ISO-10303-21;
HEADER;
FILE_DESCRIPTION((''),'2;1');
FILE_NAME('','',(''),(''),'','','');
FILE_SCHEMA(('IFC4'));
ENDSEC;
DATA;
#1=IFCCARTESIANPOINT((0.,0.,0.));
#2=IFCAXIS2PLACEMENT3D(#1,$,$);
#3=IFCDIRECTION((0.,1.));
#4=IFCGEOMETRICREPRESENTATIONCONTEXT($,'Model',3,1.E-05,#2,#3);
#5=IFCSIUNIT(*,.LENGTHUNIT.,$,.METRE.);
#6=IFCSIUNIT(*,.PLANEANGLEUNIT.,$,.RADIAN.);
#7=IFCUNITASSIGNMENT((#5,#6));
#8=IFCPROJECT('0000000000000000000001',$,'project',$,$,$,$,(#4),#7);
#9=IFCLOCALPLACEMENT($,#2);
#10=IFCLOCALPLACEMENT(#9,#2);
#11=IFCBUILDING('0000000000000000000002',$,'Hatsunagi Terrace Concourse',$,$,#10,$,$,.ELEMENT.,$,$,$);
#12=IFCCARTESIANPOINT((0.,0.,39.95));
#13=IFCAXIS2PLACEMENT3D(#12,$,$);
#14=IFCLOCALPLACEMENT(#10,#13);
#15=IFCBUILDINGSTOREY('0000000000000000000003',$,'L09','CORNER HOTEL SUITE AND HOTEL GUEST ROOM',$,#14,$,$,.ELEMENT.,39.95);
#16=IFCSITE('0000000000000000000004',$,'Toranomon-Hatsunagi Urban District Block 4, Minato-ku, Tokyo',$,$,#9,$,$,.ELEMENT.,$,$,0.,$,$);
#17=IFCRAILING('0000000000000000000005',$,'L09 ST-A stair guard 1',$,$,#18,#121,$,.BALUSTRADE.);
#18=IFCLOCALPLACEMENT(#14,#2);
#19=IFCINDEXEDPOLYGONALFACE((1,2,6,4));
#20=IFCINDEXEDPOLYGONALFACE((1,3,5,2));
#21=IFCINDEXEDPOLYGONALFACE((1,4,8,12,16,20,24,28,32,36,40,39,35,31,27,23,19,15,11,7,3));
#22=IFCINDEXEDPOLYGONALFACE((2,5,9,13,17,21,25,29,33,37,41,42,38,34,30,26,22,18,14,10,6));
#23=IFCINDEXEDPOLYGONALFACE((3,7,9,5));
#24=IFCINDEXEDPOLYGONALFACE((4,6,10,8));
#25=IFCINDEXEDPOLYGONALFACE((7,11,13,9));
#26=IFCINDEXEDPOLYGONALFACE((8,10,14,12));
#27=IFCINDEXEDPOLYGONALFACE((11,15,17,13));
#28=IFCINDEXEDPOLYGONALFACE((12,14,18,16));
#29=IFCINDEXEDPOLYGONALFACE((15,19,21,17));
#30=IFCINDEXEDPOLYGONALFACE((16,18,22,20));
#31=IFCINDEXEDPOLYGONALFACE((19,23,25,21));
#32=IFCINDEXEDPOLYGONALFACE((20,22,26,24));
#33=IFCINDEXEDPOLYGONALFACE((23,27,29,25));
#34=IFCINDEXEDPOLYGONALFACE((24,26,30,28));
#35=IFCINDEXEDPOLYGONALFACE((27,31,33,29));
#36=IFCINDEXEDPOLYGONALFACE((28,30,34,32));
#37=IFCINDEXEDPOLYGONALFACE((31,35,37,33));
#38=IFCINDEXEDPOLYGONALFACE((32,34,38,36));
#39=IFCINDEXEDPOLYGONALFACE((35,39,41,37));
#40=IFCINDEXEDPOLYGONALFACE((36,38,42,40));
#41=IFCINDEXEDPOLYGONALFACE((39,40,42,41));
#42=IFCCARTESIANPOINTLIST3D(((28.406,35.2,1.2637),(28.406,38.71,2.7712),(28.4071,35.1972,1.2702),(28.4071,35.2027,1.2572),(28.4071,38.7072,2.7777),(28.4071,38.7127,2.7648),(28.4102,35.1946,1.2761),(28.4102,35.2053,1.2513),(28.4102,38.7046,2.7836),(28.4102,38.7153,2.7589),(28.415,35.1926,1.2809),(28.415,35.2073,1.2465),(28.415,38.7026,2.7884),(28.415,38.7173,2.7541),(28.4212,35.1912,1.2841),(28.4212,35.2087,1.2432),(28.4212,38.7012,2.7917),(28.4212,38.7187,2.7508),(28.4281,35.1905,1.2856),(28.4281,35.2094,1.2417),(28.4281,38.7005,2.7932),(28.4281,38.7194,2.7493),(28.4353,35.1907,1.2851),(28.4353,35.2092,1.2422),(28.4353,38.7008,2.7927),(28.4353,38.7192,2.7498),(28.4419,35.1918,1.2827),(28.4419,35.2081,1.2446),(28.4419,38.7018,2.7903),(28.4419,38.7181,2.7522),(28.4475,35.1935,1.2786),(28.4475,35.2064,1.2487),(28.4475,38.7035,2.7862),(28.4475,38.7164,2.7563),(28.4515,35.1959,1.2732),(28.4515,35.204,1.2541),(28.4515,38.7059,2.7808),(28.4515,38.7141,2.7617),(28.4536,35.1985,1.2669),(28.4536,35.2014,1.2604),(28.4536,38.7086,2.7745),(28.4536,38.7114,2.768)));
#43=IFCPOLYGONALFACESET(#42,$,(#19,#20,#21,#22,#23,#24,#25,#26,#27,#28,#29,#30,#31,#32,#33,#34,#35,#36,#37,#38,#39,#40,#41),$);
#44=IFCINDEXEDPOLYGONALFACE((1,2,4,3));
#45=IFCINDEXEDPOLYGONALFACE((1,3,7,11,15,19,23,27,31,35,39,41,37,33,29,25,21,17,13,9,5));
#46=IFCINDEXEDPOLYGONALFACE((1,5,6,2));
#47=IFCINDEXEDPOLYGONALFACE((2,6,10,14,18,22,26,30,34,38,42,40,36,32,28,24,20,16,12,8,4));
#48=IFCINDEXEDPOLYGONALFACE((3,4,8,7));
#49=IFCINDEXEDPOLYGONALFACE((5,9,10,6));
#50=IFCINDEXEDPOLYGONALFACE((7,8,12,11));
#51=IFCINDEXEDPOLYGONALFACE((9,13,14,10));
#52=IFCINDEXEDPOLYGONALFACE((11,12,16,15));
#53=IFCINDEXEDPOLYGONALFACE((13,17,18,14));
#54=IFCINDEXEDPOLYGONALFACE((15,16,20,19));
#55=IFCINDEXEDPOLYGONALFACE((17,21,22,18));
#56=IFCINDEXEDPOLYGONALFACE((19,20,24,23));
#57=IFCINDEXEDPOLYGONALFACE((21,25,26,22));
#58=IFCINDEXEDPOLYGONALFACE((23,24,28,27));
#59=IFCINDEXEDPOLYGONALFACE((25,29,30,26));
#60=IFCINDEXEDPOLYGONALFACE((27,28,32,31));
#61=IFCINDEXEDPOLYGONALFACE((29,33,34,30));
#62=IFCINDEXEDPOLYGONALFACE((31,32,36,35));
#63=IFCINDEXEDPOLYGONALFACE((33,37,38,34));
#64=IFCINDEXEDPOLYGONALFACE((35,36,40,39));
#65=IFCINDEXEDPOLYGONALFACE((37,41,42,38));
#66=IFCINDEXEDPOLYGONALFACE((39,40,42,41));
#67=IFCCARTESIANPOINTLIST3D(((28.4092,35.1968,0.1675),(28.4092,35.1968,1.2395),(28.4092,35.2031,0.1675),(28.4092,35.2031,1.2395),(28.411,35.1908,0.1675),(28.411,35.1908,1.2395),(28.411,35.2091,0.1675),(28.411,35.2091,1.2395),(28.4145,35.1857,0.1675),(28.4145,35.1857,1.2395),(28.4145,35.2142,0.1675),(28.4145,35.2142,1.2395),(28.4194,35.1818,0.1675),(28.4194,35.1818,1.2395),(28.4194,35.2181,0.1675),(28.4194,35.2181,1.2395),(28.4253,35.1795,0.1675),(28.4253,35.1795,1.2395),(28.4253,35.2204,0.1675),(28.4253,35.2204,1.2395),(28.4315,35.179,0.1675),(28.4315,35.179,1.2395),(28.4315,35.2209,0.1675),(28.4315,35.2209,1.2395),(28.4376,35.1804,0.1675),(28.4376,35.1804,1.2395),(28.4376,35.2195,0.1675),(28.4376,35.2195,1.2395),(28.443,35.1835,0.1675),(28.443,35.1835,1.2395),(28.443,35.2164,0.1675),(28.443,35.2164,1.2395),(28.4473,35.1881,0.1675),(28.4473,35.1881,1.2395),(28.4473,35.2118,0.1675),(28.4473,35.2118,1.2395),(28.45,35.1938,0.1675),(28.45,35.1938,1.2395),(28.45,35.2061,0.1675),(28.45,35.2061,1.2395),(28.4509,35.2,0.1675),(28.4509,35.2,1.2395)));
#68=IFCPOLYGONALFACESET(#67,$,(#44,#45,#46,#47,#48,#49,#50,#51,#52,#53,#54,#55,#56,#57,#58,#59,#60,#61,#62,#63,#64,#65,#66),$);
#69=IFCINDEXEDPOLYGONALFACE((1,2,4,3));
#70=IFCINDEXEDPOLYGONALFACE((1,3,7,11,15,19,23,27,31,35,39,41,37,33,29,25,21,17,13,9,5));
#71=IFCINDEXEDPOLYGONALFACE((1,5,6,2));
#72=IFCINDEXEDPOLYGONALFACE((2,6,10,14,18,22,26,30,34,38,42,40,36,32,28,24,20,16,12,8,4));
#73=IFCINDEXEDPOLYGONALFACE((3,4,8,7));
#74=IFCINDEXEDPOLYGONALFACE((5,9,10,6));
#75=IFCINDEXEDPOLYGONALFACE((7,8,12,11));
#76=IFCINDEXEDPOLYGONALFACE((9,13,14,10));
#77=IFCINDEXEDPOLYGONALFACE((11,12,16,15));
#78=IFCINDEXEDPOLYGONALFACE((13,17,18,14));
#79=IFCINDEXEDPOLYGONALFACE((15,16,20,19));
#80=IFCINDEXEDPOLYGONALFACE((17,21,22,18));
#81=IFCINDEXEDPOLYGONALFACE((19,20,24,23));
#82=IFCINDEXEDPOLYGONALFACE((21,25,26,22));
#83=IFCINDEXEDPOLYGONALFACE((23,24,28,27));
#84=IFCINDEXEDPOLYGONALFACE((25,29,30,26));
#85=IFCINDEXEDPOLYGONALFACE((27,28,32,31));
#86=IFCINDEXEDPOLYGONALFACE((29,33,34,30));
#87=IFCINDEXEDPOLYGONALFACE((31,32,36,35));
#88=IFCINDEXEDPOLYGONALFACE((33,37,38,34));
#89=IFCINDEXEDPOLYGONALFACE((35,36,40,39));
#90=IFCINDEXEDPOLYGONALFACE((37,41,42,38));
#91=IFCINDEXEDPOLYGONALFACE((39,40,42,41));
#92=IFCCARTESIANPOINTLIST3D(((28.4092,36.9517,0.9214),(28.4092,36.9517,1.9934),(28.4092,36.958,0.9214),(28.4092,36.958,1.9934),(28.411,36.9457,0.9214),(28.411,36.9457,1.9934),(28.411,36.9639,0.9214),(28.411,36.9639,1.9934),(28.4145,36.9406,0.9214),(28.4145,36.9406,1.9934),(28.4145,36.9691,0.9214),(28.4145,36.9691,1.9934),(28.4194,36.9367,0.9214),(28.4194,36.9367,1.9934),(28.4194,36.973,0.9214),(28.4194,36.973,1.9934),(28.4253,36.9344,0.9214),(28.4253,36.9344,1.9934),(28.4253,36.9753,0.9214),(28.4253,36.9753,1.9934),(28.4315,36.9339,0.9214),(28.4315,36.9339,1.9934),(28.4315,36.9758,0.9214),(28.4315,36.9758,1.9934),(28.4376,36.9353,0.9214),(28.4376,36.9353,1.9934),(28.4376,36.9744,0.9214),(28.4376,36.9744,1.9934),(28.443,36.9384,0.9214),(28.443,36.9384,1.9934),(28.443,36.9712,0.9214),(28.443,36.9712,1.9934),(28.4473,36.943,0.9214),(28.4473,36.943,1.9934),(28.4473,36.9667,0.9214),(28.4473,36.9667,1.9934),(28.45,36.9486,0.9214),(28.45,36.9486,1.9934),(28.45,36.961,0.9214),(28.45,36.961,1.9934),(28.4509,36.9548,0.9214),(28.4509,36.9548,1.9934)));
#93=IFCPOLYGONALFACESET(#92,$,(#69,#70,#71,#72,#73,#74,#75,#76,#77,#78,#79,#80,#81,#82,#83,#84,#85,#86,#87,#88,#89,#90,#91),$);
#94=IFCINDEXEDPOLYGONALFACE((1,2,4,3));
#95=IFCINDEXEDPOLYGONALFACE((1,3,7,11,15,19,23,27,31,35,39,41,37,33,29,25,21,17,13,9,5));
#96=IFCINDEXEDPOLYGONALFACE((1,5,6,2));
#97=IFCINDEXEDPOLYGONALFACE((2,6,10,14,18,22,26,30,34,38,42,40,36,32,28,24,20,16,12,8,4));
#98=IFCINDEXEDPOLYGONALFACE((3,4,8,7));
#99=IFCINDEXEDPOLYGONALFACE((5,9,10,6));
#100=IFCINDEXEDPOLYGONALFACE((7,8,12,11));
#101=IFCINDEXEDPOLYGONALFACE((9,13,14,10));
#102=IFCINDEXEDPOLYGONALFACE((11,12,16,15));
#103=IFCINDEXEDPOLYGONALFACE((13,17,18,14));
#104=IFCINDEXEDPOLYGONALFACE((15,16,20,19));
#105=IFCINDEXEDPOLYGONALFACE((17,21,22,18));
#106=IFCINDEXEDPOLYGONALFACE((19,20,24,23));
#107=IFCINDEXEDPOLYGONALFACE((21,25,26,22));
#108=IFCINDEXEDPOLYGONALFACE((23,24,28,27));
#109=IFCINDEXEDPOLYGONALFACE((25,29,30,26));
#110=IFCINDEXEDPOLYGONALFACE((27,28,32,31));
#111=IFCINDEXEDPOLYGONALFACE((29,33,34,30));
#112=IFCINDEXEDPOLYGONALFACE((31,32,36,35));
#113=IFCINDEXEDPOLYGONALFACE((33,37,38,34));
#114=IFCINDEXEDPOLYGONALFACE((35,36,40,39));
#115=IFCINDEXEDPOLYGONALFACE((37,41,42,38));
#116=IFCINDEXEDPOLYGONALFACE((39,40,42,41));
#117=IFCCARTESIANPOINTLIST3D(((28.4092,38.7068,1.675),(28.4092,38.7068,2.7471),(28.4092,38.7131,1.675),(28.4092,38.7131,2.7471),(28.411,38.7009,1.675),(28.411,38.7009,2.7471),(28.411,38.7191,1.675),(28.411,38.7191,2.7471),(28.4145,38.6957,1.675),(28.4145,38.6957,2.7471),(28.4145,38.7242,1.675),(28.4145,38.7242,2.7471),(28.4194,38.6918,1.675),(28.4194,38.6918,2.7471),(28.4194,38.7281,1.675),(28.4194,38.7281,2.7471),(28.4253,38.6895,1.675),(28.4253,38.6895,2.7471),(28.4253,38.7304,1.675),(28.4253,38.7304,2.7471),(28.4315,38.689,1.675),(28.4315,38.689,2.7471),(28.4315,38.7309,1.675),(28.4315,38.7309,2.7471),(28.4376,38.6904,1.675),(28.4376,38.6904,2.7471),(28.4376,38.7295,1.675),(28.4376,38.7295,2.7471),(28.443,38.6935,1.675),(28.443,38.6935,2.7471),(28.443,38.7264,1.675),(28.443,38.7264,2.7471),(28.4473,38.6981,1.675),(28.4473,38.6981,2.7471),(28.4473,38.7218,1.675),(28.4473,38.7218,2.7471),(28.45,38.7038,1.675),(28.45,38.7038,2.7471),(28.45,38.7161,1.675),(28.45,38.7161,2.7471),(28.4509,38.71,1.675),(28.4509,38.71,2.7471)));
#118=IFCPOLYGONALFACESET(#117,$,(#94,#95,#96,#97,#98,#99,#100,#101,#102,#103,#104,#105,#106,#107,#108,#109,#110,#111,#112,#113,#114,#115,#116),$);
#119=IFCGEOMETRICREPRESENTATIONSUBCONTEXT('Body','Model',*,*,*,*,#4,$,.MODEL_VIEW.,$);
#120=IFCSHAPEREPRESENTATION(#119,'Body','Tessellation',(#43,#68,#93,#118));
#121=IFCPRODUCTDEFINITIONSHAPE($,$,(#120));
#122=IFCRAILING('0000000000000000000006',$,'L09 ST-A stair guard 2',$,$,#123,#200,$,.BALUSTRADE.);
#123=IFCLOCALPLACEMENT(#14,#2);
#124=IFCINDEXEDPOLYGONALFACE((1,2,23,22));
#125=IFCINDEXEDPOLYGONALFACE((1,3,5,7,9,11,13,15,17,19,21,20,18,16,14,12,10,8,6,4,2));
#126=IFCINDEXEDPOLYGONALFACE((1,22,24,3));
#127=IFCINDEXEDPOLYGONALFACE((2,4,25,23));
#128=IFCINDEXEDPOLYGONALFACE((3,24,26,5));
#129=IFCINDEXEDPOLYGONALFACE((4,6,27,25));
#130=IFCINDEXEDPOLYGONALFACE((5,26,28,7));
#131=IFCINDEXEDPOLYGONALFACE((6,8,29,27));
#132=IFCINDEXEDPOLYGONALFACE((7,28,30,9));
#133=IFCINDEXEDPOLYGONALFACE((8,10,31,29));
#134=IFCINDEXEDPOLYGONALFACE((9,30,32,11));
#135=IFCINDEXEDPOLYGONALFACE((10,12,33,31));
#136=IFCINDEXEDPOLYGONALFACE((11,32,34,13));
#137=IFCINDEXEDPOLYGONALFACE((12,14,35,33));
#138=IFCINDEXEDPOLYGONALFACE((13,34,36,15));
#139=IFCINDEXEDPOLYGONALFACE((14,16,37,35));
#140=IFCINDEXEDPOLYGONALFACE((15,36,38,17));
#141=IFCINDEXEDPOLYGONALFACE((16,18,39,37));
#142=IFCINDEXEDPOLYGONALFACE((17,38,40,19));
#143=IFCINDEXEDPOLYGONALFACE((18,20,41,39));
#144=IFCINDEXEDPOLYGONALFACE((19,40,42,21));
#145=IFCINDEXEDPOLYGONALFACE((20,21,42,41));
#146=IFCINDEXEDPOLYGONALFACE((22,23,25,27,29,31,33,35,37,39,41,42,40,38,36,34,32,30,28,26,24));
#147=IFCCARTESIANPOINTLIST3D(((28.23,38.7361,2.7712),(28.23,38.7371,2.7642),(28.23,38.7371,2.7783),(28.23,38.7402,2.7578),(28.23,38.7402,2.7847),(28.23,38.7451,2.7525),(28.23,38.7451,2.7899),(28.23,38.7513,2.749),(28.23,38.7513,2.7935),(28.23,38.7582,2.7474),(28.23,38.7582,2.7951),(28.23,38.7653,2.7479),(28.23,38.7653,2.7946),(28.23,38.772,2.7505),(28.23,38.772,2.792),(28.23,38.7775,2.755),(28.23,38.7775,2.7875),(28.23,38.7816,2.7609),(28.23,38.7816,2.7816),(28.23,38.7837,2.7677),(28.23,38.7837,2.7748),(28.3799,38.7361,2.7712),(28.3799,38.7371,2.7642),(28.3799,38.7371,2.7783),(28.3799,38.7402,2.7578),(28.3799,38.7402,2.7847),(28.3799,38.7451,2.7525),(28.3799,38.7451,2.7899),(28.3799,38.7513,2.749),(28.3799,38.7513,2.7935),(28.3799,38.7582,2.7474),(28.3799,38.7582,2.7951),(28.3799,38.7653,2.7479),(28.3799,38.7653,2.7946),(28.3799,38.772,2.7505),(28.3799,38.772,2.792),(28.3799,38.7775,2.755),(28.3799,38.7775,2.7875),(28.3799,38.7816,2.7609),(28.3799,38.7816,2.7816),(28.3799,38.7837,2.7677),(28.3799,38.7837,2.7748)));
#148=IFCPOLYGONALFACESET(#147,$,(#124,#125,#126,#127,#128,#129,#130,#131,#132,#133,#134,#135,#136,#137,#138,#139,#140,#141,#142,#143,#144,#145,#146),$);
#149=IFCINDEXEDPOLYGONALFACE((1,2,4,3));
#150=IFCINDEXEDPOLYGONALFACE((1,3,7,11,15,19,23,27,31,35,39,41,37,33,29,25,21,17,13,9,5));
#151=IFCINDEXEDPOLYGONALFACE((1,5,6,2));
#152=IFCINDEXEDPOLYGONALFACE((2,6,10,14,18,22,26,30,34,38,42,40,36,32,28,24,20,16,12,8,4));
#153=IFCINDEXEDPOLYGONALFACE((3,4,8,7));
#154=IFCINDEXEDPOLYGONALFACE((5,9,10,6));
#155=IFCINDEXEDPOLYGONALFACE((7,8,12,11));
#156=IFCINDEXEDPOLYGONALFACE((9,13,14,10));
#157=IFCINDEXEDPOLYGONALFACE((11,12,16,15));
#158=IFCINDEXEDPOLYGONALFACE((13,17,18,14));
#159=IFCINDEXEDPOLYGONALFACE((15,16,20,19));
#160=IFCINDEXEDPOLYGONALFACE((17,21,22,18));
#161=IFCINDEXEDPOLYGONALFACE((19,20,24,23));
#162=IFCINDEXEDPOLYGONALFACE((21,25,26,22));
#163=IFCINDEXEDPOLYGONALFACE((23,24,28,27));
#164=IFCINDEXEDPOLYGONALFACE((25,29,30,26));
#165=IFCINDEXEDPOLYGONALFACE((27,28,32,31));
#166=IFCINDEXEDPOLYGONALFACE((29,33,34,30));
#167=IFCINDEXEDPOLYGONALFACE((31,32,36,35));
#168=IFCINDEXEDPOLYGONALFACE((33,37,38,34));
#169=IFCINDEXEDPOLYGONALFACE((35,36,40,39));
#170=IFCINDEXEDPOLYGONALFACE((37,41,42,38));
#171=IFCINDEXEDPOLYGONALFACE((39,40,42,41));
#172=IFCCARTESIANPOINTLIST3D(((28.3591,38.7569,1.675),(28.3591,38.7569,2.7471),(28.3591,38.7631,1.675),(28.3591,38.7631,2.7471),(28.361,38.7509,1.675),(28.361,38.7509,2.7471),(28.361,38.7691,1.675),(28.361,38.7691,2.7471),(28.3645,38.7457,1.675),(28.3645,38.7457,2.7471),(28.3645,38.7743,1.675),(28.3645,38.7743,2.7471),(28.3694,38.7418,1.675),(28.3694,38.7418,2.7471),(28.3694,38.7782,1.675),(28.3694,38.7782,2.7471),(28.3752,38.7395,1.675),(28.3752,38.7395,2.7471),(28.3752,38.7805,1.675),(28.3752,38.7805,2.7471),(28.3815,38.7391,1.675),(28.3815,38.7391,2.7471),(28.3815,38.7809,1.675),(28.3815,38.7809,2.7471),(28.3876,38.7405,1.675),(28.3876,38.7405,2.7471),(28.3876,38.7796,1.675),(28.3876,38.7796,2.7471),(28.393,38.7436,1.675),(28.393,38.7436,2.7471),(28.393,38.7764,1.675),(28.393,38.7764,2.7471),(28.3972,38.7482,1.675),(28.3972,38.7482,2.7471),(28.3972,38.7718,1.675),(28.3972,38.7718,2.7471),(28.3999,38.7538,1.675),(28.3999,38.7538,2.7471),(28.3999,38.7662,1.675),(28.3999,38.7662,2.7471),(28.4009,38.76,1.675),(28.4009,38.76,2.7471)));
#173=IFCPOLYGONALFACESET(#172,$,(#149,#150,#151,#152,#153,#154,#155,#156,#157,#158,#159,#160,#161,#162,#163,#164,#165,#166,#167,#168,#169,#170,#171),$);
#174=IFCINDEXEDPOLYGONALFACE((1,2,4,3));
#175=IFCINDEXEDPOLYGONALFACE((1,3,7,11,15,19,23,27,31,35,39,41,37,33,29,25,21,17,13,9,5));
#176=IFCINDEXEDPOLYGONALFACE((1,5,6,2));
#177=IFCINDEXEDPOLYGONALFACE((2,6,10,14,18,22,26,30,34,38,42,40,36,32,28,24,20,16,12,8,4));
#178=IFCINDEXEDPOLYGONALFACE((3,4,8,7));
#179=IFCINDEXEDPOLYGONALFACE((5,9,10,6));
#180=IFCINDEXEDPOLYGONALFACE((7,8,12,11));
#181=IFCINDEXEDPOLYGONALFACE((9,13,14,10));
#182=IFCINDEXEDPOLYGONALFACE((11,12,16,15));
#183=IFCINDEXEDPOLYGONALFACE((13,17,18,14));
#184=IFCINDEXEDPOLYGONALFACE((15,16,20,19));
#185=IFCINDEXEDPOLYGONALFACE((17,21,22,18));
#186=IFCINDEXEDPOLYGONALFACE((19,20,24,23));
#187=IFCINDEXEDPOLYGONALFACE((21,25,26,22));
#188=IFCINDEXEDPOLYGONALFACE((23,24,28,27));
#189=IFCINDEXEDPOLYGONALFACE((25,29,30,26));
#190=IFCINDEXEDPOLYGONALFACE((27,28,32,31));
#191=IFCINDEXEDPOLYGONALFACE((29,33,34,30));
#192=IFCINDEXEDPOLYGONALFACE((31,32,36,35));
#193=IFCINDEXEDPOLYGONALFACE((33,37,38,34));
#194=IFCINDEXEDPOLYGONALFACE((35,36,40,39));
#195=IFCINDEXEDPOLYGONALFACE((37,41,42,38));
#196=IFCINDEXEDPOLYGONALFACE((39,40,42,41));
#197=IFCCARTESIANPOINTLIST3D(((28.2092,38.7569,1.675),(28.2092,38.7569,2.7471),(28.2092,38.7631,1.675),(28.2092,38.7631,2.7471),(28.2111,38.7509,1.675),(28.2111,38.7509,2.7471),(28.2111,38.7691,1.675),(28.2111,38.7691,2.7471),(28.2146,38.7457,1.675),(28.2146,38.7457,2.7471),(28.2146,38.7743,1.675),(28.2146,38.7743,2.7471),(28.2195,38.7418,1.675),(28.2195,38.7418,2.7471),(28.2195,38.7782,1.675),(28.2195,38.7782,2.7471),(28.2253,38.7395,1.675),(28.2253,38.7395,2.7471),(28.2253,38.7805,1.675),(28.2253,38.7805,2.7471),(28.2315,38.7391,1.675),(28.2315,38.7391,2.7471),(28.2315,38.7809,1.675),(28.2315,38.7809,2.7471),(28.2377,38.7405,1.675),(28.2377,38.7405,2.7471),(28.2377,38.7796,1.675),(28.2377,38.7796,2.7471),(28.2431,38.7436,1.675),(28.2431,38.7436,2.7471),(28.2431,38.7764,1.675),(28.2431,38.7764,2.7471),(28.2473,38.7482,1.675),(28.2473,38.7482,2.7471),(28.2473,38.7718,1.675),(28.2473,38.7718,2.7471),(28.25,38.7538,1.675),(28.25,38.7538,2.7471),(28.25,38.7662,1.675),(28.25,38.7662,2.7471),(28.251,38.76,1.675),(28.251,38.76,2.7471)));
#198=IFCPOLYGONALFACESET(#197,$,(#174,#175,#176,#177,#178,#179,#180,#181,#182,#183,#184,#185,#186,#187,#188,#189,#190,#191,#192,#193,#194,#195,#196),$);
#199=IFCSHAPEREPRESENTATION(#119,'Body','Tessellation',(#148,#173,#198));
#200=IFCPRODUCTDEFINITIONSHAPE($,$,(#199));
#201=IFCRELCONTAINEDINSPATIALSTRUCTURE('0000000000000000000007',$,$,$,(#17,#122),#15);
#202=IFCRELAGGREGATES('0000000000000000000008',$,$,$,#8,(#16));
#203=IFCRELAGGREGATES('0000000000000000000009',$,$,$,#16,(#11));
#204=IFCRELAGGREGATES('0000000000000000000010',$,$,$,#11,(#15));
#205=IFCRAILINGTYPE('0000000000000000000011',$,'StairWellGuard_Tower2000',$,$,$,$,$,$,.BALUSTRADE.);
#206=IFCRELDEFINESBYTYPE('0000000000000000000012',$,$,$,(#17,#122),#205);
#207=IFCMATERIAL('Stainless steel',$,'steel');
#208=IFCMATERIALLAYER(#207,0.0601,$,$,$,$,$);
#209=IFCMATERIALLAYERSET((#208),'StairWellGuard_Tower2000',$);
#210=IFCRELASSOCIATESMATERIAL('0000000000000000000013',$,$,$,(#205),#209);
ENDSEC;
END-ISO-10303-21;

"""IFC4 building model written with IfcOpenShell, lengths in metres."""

from ifc_helpers import new_model, si_unit, direction, frame, origin, origin_2d, place, context, subcontext, project, spatial, circle, extrude, material, layer, layer_set, type_object, element, save


model = new_model("IFC4")

# Units and contexts
model_context = context("Model", 3, precision=1e-05, world=origin(), true_north=direction((0.0, 1.0)))
body_context = subcontext(model_context, "Body", "Model", "MODEL_VIEW")
ifc_project = project(units=[si_unit("LENGTHUNIT", "METRE"), si_unit("PLANEANGLEUNIT", "RADIAN")], contexts=[model_context])

# Site, building, storey
site_placement = place(None, origin())
site = spatial("IfcSite", under=ifc_project, at=site_placement, Name="Toranomon-Hatsunagi Urban District Block 4, Minato-ku, Tokyo", CompositionType="ELEMENT", RefElevation=0.0)
building_placement = place(site_placement, origin())
building = spatial("IfcBuilding", under=site, at=building_placement, Name="Hatsunagi Terrace Concourse", CompositionType="ELEMENT")
storey_placement = place(building_placement, frame((0.0, 0.0, 39.95)))
storey = spatial("IfcBuildingStorey", under=building, at=storey_placement, Name="L09", Description="CORNER HOTEL SUITE AND HOTEL GUEST ROOM", CompositionType="ELEMENT", Elevation=39.95)

# Railings
ifc_material_1 = material(Name="Stainless steel", Category="steel")
ifc_layer_1 = layer(ifc_material_1, 0.0601)
ifc_layer_set_1 = layer_set([ifc_layer_1], Name="StairWellGuard_Tower2000")
railing_type_1 = type_object("IfcRailingType", Name="StairWellGuard_Tower2000", PredefinedType="BALUSTRADE", material=ifc_layer_set_1)
railing_1_placement = place(storey_placement, frame((28.4299, 35.2, 0.1675)))
element("IfcRailing", 1, at=railing_1_placement, inside=storey, type_object=railing_type_1, Name="L09 ST-A stair guard 1", PredefinedType="BALUSTRADE", context=body_context, shape_type="SweptSolid", body=[
    extrude(circle(Radius=0.0239, at=origin_2d()), frame((0.0, 0.0, 1.0962), z_axis=(0.0, 0.918834, 0.394644), x_axis=(-1.0, 0.0, 0.0)), (0.0, 0.0, 1.0), 3.8201),
    extrude(circle(Radius=0.021, at=origin_2d()), origin(), (0.0, 0.0, 1.0), 1.072),
    extrude(circle(Radius=0.021, at=origin_2d()), frame((0.0, 1.7549, 0.7539)), (0.0, 0.0, 1.0), 1.072),
    extrude(circle(Radius=0.021, at=origin_2d()), frame((0.0, 3.51, 1.5076)), (0.0, 0.0, 1.0), 1.072),
])
railing_2_placement = place(storey_placement, frame((28.3799, 38.76, 1.675)))
element("IfcRailing", 2, at=railing_2_placement, inside=storey, type_object=railing_type_1, Name="L09 ST-A stair guard 2", PredefinedType="BALUSTRADE", context=body_context, shape_type="SweptSolid", body=[
    extrude(circle(Radius=0.0239, at=origin_2d()), frame((0.0, 0.0, 1.0962), z_axis=(-1.0, 0.0, 0.0), x_axis=(0.0, -1.0, 0.0)), (0.0, 0.0, 1.0), 0.1499),
    extrude(circle(Radius=0.021, at=origin_2d()), origin(), (0.0, 0.0, 1.0), 1.072),
    extrude(circle(Radius=0.021, at=origin_2d()), frame((-0.1499, 0.0, 0.0)), (0.0, 0.0, 1.0), 1.072),
])

save(model, "model.ifc")
